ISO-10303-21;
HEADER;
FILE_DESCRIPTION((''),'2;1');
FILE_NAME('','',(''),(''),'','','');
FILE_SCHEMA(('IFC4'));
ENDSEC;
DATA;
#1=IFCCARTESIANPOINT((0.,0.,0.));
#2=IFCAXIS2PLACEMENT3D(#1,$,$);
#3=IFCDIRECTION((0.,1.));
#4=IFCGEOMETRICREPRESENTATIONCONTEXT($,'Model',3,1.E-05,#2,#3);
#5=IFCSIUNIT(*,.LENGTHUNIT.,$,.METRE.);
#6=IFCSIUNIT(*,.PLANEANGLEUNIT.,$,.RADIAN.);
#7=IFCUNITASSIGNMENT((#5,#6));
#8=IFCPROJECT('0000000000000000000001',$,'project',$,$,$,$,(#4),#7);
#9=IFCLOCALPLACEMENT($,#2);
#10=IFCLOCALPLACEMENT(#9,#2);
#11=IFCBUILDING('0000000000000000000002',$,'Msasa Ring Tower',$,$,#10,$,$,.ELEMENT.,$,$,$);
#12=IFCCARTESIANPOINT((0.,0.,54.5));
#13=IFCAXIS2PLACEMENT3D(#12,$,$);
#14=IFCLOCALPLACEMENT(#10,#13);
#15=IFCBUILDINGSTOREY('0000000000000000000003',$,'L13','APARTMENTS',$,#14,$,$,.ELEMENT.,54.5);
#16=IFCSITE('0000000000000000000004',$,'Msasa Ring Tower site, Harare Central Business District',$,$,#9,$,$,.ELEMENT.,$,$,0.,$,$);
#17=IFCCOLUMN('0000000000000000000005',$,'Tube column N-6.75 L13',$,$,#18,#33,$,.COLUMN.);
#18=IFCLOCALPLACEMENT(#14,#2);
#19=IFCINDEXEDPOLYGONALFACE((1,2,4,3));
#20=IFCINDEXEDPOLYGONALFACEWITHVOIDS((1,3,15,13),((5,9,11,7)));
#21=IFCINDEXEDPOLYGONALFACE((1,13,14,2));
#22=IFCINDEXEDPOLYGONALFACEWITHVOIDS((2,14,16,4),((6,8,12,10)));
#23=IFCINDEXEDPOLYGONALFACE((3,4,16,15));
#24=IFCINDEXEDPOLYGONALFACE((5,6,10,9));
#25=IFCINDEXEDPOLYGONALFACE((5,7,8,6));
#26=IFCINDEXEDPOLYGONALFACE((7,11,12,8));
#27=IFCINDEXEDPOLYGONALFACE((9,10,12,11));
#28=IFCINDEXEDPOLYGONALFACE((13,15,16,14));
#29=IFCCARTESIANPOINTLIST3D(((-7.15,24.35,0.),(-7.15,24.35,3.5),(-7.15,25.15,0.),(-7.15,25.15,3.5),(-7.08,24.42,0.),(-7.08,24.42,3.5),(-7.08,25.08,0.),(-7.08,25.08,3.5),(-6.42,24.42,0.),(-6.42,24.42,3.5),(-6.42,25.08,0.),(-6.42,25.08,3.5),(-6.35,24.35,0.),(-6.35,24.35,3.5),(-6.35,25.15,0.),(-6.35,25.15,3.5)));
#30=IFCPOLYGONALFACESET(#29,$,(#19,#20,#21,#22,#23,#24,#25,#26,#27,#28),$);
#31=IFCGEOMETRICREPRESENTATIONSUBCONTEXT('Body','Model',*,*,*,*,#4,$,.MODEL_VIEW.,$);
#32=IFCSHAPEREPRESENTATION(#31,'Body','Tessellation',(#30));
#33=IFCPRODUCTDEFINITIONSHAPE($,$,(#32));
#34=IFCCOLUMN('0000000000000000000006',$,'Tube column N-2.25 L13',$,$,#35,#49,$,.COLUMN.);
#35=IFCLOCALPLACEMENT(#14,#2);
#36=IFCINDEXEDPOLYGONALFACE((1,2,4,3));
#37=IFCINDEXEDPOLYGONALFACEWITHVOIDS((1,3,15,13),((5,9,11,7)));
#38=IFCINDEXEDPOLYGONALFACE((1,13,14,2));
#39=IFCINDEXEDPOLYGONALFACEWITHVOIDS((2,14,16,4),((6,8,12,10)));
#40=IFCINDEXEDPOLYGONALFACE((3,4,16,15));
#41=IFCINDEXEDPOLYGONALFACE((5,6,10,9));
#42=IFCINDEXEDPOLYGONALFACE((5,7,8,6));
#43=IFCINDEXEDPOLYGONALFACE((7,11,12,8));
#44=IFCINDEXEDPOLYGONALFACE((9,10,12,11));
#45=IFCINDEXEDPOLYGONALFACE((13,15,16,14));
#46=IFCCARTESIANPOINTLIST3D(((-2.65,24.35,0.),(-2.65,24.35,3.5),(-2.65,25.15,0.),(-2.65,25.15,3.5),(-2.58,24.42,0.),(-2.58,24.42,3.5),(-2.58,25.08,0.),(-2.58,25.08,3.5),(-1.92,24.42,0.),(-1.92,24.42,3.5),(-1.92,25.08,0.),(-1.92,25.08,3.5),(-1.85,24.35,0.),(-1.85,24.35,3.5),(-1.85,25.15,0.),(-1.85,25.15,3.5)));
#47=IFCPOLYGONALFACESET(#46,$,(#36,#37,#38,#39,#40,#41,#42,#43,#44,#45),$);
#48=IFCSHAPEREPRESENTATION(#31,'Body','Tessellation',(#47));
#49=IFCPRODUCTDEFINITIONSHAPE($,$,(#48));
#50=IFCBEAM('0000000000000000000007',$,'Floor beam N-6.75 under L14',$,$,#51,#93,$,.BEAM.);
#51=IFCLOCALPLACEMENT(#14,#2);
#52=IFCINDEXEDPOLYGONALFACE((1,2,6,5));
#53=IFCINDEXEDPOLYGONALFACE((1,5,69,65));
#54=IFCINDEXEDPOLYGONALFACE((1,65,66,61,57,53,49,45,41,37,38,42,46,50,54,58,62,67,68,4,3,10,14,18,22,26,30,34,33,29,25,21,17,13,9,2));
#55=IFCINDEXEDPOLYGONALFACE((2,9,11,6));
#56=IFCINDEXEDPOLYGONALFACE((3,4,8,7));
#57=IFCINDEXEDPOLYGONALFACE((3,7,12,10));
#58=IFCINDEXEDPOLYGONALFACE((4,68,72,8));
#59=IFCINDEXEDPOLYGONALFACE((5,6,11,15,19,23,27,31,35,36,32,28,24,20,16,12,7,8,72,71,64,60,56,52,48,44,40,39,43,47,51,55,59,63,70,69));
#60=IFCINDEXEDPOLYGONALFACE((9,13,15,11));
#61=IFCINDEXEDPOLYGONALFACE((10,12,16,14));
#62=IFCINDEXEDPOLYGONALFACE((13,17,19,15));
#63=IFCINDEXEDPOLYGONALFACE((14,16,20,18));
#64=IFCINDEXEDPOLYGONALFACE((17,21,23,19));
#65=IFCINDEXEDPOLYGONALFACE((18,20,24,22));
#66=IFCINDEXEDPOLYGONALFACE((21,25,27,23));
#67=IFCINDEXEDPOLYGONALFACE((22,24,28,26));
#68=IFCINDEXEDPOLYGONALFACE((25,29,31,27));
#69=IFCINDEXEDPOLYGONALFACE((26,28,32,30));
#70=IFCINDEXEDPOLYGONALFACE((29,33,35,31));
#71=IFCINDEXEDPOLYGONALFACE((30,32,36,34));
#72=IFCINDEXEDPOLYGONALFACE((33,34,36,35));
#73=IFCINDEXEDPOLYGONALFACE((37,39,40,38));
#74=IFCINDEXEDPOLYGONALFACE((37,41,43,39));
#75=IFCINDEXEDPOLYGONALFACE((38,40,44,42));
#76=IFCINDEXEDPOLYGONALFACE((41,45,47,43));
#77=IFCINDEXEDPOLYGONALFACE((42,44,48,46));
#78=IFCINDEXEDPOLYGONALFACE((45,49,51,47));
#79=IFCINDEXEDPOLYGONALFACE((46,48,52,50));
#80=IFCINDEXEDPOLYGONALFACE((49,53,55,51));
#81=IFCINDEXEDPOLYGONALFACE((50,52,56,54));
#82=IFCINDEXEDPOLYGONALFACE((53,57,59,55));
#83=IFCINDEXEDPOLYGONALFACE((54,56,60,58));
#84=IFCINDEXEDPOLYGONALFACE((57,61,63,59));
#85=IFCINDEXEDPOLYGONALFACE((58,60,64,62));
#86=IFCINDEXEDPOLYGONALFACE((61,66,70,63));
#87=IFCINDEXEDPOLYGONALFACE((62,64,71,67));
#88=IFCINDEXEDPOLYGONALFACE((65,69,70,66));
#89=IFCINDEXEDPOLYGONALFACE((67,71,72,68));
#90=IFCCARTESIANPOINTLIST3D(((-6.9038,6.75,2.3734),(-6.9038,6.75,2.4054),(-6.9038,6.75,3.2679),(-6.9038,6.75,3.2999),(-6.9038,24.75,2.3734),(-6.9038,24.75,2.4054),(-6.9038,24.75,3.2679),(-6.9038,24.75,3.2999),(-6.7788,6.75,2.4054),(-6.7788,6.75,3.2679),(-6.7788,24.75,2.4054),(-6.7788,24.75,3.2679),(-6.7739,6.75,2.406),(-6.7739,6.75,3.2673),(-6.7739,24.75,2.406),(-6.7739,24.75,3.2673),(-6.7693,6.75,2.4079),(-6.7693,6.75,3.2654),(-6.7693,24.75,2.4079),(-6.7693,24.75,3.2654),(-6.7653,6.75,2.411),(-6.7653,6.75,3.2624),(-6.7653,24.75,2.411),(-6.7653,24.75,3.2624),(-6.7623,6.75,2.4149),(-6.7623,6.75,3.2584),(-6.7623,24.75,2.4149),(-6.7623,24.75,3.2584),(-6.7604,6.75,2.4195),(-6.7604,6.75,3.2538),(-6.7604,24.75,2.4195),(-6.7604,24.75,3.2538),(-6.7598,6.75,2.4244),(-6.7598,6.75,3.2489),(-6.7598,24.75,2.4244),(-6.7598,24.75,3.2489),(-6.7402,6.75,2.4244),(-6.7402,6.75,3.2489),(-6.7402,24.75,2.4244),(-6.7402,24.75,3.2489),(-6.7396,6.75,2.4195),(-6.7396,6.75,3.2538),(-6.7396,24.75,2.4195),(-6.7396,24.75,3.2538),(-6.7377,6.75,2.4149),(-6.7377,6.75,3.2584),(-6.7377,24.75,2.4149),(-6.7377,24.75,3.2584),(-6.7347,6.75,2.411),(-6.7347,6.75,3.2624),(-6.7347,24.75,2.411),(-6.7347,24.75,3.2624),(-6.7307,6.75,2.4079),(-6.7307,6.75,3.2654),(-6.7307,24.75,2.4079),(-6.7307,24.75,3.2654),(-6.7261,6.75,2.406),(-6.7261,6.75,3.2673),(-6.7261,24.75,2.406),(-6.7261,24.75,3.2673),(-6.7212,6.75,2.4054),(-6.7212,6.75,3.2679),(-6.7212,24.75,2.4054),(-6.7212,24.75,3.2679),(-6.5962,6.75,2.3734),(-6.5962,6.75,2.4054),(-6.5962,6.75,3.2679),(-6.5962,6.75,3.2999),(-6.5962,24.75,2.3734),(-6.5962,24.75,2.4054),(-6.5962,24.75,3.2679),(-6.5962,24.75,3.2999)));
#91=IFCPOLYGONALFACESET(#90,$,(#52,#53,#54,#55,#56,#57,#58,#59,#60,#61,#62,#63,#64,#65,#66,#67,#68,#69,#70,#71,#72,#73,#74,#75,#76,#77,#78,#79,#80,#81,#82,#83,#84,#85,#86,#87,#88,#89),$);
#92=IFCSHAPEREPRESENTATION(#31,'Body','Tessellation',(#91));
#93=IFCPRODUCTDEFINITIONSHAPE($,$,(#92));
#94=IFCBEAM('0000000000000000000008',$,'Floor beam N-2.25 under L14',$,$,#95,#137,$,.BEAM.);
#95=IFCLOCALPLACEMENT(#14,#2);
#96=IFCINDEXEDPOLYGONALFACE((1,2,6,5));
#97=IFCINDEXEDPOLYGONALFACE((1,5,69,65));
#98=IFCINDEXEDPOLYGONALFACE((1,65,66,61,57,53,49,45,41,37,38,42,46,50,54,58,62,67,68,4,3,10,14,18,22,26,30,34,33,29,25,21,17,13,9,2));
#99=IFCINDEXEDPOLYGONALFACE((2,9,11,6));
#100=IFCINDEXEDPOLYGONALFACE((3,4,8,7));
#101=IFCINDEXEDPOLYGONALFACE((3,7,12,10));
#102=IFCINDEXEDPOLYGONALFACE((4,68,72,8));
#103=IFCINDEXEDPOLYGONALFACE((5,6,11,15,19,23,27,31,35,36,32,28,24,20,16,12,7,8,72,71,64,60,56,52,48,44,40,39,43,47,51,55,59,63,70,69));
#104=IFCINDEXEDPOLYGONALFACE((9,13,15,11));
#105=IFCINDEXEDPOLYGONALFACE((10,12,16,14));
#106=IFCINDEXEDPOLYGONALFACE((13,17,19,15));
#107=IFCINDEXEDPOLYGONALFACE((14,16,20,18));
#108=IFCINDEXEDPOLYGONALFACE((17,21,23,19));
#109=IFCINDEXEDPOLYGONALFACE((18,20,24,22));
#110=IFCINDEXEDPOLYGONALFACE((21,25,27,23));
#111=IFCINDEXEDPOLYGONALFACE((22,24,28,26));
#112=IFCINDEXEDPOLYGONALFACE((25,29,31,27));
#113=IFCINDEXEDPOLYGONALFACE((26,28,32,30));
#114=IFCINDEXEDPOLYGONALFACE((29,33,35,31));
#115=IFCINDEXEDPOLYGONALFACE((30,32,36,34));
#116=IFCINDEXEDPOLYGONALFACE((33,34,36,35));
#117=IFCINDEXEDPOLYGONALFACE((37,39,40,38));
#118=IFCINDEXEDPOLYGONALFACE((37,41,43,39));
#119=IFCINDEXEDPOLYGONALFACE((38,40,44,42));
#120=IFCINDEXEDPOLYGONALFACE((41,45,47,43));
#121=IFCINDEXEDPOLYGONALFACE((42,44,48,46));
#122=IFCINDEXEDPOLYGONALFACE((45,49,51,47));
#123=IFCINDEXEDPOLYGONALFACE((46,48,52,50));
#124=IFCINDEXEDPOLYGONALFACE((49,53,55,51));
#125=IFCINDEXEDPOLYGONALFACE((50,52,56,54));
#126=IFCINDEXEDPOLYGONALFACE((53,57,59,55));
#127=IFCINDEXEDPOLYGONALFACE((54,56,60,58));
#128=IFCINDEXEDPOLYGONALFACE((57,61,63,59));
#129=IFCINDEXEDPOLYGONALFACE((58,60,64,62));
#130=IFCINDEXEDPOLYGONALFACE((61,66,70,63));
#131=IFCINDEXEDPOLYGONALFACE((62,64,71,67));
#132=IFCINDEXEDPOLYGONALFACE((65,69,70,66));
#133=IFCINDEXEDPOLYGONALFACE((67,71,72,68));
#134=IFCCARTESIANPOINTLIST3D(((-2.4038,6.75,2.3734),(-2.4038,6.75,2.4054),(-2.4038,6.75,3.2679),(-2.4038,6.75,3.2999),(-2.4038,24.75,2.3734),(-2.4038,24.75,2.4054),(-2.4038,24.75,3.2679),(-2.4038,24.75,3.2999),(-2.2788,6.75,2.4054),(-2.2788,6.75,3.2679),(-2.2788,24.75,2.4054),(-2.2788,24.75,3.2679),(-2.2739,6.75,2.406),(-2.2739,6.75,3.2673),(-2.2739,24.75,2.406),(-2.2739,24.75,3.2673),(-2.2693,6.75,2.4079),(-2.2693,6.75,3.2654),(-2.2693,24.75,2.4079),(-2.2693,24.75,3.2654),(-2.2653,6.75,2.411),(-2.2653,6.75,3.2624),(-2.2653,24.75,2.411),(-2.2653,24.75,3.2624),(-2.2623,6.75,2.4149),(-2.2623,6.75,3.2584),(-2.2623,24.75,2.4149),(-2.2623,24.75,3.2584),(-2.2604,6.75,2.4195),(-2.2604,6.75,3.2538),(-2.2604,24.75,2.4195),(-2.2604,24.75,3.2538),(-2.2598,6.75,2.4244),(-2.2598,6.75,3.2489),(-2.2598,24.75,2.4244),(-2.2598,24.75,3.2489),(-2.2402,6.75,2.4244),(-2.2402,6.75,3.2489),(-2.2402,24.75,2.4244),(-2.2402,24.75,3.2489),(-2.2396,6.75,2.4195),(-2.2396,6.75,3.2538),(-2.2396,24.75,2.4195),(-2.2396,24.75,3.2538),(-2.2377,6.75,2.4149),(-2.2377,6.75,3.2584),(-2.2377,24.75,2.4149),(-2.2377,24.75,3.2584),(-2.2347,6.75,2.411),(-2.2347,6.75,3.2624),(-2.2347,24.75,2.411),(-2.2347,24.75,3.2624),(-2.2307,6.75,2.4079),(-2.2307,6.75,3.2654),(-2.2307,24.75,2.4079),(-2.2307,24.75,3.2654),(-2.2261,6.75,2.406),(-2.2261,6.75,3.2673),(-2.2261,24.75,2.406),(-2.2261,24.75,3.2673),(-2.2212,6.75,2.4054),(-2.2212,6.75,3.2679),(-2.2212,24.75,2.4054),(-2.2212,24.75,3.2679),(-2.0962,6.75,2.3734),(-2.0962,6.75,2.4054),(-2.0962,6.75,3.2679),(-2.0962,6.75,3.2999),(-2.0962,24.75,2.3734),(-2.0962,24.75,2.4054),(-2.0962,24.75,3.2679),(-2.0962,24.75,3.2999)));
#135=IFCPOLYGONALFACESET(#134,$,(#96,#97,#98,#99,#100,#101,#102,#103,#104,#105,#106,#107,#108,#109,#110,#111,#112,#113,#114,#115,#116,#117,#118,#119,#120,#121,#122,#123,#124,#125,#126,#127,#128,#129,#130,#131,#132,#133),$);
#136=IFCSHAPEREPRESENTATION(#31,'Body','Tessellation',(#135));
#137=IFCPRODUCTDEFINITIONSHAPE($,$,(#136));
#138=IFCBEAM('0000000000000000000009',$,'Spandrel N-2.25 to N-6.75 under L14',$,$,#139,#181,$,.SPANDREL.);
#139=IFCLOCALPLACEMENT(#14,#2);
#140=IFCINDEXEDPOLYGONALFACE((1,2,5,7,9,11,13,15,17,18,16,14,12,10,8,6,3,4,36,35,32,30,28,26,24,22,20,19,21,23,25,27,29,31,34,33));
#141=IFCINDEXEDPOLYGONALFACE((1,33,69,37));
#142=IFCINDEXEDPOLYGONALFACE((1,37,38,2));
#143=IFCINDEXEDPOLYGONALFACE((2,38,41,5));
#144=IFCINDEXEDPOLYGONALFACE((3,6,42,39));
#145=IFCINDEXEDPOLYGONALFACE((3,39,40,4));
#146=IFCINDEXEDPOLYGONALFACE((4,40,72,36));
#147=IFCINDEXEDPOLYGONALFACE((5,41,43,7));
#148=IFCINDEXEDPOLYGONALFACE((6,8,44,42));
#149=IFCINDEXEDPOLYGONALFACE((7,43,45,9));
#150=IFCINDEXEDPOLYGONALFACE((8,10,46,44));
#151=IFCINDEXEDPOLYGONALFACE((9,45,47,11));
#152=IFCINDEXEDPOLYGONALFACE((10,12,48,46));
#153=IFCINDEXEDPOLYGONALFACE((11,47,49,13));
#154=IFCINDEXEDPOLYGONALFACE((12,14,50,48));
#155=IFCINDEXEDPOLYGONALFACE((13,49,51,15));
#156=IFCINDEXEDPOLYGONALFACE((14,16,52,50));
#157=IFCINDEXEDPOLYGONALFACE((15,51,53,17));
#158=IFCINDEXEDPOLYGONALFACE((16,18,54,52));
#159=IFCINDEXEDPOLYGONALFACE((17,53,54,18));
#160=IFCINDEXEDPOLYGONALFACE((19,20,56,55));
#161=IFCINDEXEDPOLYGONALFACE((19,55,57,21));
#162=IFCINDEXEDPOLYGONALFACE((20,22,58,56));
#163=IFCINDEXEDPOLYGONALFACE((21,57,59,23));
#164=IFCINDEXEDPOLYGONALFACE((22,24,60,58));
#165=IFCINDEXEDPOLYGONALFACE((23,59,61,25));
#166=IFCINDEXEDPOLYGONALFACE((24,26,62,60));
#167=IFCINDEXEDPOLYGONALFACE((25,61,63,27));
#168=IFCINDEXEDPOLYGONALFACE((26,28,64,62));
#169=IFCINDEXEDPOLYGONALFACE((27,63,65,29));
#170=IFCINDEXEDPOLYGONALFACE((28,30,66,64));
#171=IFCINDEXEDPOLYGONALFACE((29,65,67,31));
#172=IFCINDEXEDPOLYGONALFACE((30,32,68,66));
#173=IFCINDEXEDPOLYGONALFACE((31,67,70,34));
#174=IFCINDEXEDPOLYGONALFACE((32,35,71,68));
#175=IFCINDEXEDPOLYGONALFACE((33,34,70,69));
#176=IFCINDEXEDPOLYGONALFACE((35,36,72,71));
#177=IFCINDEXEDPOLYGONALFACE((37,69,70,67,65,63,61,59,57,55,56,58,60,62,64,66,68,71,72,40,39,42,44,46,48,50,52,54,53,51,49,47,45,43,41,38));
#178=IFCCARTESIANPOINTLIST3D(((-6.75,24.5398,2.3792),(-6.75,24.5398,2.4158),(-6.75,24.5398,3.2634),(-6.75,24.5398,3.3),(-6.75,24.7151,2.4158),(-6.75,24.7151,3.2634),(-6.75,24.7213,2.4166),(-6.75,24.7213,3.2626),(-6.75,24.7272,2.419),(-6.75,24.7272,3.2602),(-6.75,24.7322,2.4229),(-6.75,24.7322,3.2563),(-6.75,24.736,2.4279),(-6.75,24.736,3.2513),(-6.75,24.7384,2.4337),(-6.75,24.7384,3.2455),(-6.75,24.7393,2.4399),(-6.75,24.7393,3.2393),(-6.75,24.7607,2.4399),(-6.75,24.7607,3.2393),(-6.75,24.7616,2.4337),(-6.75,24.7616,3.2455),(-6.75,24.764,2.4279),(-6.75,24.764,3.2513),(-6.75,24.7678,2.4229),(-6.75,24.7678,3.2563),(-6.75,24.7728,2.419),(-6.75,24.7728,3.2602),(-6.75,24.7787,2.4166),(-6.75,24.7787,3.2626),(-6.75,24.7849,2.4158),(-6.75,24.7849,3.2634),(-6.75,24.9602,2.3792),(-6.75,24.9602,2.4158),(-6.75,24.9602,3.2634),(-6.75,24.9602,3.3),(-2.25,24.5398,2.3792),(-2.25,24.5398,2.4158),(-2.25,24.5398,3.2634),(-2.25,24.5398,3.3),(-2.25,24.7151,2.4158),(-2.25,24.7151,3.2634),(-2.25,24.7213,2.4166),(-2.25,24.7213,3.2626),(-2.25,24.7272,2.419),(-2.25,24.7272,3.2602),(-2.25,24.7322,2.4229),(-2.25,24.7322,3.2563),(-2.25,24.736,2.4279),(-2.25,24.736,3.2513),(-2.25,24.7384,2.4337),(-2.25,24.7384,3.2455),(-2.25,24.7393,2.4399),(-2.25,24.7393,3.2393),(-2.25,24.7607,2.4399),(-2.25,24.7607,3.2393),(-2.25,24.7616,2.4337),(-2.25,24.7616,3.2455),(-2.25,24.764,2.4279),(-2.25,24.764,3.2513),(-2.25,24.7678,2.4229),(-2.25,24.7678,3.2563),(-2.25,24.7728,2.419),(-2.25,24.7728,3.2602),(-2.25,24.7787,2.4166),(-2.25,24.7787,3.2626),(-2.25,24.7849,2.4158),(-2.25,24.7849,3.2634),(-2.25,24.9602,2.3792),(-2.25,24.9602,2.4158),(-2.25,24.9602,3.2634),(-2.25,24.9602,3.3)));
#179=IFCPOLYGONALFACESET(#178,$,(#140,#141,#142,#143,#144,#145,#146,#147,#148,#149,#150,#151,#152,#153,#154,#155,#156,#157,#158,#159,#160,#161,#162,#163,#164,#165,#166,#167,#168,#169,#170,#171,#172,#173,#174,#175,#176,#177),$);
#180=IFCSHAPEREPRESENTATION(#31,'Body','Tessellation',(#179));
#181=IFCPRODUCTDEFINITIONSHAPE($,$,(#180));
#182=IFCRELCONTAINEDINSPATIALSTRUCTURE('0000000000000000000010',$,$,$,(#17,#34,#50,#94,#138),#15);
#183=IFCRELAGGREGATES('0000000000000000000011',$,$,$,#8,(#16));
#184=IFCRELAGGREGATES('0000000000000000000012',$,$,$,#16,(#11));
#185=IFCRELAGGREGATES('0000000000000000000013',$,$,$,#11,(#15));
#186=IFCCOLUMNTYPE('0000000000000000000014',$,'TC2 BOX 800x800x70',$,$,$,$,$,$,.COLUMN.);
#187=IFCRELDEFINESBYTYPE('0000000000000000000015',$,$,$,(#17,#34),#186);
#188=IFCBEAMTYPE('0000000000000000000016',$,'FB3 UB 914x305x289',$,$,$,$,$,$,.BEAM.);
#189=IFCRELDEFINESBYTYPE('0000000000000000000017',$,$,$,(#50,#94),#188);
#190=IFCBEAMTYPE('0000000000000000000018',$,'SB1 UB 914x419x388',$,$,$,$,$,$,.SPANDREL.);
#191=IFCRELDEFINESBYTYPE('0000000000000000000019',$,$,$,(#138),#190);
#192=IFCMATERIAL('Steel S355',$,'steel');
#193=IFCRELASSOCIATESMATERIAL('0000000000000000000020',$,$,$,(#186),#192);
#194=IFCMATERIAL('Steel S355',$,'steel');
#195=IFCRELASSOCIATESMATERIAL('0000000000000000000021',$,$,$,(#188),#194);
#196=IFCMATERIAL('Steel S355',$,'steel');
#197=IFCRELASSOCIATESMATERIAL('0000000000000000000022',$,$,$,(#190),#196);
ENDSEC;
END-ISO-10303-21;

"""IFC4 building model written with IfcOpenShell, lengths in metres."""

from ifc_helpers import new_model, si_unit, direction, frame, origin, origin_2d, place, context, subcontext, project, spatial, hollow_rectangle, i_section, extrude, material, material_profile, profile_set, type_object, element, save


model = new_model("IFC4")

# Units and contexts
model_context = context("Model", 3, precision=1e-05, world=origin(), true_north=direction((0.0, 1.0)))
body_context = subcontext(model_context, "Body", "Model", "MODEL_VIEW")
ifc_project = project(units=[si_unit("LENGTHUNIT", "METRE"), si_unit("PLANEANGLEUNIT", "RADIAN")], contexts=[model_context])

# Site, building, storey
site_placement = place(None, origin())
site = spatial("IfcSite", under=ifc_project, at=site_placement, Name="Msasa Ring Tower site, Harare Central Business District", CompositionType="ELEMENT", RefElevation=0.0)
building_placement = place(site_placement, origin())
building = spatial("IfcBuilding", under=site, at=building_placement, Name="Msasa Ring Tower", CompositionType="ELEMENT")
storey_placement = place(building_placement, frame((0.0, 0.0, 54.5)))
storey = spatial("IfcBuildingStorey", under=building, at=storey_placement, Name="L13", Description="APARTMENTS", CompositionType="ELEMENT", Elevation=54.5)

# Columns
ifc_material_1 = material(Name="Steel S355", Category="steel")
ifc_material_profile_1 = material_profile(ifc_material_1, hollow_rectangle(XDim=0.8, YDim=0.8, WallThickness=0.0701, at=origin_2d()), Name="BOX 800x800x70")
ifc_profile_set_1 = profile_set([ifc_material_profile_1], Name="Steel S355")
column_type = type_object("IfcColumnType", Name="TC2 BOX 800x800x70", PredefinedType="COLUMN", material=ifc_profile_set_1)
for number, where, z_axis, x_axis, name in (
    (1, (-6.75, 24.75, 0.0), (0.0, 0.0, 1.0), (0.0, 1.0, 0.0), "Tube column N-6.75 L13"),
    (2, (-2.25, 24.75, 0.0), (0.0, 0.0, 1.0), (0.0, 1.0, 0.0), "Tube column N-2.25 L13"),
):
    element("IfcColumn", number, at=place(storey_placement, frame(where, z_axis=z_axis, x_axis=x_axis)), inside=storey, type_object=column_type, Name=name, PredefinedType="COLUMN", context=body_context, shape_type="SweptSolid", body=[
        extrude(hollow_rectangle(XDim=0.8, YDim=0.8, WallThickness=0.0701, at=origin_2d()), origin(), (0.0, 0.0, 1.0), 3.5),
    ])

# Beams
ifc_material_2 = material(Name="Steel S355", Category="steel")
ifc_material_profile_2 = material_profile(ifc_material_2, i_section(OverallWidth=0.3076, OverallDepth=0.9265, WebThickness=0.0195, FlangeThickness=0.032, FilletRadius=0.019, at=origin_2d()), Name="UB 914x305x289")
ifc_profile_set_2 = profile_set([ifc_material_profile_2], Name="Steel S355")
beam_type_1 = type_object("IfcBeamType", Name="FB3 UB 914x305x289", PredefinedType="BEAM", material=ifc_profile_set_2)
for number, where, z_axis, x_axis, name in (
    (3, (-6.75, 24.75, 2.8367), (0.0, -1.0, 0.0), (1.0, 0.0, 0.0), "Floor beam N-6.75 under L14"),
    (4, (-2.25, 24.75, 2.8367), (0.0, -1.0, 0.0), (1.0, 0.0, 0.0), "Floor beam N-2.25 under L14"),
):
    element("IfcBeam", number, at=place(storey_placement, frame(where, z_axis=z_axis, x_axis=x_axis)), inside=storey, type_object=beam_type_1, Name=name, PredefinedType="BEAM", context=body_context, shape_type="SweptSolid", body=[
        extrude(i_section(OverallWidth=0.3076, OverallDepth=0.9265, WebThickness=0.0195, FlangeThickness=0.032, FilletRadius=0.019, at=origin_2d()), origin(), (0.0, 0.0, 1.0), 18.0),
    ])
ifc_material_3 = material(Name="Steel S355", Category="steel")
ifc_material_profile_3 = material_profile(ifc_material_3, i_section(OverallWidth=0.4204, OverallDepth=0.9209, WebThickness=0.0215, FlangeThickness=0.0366, FilletRadius=0.0242, at=origin_2d()), Name="UB 914x419x388")
ifc_profile_set_3 = profile_set([ifc_material_profile_3], Name="Steel S355")
beam_type_2 = type_object("IfcBeamType", Name="SB1 UB 914x419x388", PredefinedType="SPANDREL", material=ifc_profile_set_3)
for number, where, z_axis, x_axis, name in (
    (5, (-2.25, 24.75, 2.8396), (-1.0, 0.0, 0.0), (0.0, -1.0, 0.0), "Spandrel N-2.25 to N-6.75 under L14"),
):
    element("IfcBeam", number, at=place(storey_placement, frame(where, z_axis=z_axis, x_axis=x_axis)), inside=storey, type_object=beam_type_2, Name=name, PredefinedType="SPANDREL", context=body_context, shape_type="SweptSolid", body=[
        extrude(i_section(OverallWidth=0.4204, OverallDepth=0.9209, WebThickness=0.0215, FlangeThickness=0.0366, FilletRadius=0.0242, at=origin_2d()), origin(), (0.0, 0.0, 1.0), 4.5),
    ])

save(model, "model.ifc")
